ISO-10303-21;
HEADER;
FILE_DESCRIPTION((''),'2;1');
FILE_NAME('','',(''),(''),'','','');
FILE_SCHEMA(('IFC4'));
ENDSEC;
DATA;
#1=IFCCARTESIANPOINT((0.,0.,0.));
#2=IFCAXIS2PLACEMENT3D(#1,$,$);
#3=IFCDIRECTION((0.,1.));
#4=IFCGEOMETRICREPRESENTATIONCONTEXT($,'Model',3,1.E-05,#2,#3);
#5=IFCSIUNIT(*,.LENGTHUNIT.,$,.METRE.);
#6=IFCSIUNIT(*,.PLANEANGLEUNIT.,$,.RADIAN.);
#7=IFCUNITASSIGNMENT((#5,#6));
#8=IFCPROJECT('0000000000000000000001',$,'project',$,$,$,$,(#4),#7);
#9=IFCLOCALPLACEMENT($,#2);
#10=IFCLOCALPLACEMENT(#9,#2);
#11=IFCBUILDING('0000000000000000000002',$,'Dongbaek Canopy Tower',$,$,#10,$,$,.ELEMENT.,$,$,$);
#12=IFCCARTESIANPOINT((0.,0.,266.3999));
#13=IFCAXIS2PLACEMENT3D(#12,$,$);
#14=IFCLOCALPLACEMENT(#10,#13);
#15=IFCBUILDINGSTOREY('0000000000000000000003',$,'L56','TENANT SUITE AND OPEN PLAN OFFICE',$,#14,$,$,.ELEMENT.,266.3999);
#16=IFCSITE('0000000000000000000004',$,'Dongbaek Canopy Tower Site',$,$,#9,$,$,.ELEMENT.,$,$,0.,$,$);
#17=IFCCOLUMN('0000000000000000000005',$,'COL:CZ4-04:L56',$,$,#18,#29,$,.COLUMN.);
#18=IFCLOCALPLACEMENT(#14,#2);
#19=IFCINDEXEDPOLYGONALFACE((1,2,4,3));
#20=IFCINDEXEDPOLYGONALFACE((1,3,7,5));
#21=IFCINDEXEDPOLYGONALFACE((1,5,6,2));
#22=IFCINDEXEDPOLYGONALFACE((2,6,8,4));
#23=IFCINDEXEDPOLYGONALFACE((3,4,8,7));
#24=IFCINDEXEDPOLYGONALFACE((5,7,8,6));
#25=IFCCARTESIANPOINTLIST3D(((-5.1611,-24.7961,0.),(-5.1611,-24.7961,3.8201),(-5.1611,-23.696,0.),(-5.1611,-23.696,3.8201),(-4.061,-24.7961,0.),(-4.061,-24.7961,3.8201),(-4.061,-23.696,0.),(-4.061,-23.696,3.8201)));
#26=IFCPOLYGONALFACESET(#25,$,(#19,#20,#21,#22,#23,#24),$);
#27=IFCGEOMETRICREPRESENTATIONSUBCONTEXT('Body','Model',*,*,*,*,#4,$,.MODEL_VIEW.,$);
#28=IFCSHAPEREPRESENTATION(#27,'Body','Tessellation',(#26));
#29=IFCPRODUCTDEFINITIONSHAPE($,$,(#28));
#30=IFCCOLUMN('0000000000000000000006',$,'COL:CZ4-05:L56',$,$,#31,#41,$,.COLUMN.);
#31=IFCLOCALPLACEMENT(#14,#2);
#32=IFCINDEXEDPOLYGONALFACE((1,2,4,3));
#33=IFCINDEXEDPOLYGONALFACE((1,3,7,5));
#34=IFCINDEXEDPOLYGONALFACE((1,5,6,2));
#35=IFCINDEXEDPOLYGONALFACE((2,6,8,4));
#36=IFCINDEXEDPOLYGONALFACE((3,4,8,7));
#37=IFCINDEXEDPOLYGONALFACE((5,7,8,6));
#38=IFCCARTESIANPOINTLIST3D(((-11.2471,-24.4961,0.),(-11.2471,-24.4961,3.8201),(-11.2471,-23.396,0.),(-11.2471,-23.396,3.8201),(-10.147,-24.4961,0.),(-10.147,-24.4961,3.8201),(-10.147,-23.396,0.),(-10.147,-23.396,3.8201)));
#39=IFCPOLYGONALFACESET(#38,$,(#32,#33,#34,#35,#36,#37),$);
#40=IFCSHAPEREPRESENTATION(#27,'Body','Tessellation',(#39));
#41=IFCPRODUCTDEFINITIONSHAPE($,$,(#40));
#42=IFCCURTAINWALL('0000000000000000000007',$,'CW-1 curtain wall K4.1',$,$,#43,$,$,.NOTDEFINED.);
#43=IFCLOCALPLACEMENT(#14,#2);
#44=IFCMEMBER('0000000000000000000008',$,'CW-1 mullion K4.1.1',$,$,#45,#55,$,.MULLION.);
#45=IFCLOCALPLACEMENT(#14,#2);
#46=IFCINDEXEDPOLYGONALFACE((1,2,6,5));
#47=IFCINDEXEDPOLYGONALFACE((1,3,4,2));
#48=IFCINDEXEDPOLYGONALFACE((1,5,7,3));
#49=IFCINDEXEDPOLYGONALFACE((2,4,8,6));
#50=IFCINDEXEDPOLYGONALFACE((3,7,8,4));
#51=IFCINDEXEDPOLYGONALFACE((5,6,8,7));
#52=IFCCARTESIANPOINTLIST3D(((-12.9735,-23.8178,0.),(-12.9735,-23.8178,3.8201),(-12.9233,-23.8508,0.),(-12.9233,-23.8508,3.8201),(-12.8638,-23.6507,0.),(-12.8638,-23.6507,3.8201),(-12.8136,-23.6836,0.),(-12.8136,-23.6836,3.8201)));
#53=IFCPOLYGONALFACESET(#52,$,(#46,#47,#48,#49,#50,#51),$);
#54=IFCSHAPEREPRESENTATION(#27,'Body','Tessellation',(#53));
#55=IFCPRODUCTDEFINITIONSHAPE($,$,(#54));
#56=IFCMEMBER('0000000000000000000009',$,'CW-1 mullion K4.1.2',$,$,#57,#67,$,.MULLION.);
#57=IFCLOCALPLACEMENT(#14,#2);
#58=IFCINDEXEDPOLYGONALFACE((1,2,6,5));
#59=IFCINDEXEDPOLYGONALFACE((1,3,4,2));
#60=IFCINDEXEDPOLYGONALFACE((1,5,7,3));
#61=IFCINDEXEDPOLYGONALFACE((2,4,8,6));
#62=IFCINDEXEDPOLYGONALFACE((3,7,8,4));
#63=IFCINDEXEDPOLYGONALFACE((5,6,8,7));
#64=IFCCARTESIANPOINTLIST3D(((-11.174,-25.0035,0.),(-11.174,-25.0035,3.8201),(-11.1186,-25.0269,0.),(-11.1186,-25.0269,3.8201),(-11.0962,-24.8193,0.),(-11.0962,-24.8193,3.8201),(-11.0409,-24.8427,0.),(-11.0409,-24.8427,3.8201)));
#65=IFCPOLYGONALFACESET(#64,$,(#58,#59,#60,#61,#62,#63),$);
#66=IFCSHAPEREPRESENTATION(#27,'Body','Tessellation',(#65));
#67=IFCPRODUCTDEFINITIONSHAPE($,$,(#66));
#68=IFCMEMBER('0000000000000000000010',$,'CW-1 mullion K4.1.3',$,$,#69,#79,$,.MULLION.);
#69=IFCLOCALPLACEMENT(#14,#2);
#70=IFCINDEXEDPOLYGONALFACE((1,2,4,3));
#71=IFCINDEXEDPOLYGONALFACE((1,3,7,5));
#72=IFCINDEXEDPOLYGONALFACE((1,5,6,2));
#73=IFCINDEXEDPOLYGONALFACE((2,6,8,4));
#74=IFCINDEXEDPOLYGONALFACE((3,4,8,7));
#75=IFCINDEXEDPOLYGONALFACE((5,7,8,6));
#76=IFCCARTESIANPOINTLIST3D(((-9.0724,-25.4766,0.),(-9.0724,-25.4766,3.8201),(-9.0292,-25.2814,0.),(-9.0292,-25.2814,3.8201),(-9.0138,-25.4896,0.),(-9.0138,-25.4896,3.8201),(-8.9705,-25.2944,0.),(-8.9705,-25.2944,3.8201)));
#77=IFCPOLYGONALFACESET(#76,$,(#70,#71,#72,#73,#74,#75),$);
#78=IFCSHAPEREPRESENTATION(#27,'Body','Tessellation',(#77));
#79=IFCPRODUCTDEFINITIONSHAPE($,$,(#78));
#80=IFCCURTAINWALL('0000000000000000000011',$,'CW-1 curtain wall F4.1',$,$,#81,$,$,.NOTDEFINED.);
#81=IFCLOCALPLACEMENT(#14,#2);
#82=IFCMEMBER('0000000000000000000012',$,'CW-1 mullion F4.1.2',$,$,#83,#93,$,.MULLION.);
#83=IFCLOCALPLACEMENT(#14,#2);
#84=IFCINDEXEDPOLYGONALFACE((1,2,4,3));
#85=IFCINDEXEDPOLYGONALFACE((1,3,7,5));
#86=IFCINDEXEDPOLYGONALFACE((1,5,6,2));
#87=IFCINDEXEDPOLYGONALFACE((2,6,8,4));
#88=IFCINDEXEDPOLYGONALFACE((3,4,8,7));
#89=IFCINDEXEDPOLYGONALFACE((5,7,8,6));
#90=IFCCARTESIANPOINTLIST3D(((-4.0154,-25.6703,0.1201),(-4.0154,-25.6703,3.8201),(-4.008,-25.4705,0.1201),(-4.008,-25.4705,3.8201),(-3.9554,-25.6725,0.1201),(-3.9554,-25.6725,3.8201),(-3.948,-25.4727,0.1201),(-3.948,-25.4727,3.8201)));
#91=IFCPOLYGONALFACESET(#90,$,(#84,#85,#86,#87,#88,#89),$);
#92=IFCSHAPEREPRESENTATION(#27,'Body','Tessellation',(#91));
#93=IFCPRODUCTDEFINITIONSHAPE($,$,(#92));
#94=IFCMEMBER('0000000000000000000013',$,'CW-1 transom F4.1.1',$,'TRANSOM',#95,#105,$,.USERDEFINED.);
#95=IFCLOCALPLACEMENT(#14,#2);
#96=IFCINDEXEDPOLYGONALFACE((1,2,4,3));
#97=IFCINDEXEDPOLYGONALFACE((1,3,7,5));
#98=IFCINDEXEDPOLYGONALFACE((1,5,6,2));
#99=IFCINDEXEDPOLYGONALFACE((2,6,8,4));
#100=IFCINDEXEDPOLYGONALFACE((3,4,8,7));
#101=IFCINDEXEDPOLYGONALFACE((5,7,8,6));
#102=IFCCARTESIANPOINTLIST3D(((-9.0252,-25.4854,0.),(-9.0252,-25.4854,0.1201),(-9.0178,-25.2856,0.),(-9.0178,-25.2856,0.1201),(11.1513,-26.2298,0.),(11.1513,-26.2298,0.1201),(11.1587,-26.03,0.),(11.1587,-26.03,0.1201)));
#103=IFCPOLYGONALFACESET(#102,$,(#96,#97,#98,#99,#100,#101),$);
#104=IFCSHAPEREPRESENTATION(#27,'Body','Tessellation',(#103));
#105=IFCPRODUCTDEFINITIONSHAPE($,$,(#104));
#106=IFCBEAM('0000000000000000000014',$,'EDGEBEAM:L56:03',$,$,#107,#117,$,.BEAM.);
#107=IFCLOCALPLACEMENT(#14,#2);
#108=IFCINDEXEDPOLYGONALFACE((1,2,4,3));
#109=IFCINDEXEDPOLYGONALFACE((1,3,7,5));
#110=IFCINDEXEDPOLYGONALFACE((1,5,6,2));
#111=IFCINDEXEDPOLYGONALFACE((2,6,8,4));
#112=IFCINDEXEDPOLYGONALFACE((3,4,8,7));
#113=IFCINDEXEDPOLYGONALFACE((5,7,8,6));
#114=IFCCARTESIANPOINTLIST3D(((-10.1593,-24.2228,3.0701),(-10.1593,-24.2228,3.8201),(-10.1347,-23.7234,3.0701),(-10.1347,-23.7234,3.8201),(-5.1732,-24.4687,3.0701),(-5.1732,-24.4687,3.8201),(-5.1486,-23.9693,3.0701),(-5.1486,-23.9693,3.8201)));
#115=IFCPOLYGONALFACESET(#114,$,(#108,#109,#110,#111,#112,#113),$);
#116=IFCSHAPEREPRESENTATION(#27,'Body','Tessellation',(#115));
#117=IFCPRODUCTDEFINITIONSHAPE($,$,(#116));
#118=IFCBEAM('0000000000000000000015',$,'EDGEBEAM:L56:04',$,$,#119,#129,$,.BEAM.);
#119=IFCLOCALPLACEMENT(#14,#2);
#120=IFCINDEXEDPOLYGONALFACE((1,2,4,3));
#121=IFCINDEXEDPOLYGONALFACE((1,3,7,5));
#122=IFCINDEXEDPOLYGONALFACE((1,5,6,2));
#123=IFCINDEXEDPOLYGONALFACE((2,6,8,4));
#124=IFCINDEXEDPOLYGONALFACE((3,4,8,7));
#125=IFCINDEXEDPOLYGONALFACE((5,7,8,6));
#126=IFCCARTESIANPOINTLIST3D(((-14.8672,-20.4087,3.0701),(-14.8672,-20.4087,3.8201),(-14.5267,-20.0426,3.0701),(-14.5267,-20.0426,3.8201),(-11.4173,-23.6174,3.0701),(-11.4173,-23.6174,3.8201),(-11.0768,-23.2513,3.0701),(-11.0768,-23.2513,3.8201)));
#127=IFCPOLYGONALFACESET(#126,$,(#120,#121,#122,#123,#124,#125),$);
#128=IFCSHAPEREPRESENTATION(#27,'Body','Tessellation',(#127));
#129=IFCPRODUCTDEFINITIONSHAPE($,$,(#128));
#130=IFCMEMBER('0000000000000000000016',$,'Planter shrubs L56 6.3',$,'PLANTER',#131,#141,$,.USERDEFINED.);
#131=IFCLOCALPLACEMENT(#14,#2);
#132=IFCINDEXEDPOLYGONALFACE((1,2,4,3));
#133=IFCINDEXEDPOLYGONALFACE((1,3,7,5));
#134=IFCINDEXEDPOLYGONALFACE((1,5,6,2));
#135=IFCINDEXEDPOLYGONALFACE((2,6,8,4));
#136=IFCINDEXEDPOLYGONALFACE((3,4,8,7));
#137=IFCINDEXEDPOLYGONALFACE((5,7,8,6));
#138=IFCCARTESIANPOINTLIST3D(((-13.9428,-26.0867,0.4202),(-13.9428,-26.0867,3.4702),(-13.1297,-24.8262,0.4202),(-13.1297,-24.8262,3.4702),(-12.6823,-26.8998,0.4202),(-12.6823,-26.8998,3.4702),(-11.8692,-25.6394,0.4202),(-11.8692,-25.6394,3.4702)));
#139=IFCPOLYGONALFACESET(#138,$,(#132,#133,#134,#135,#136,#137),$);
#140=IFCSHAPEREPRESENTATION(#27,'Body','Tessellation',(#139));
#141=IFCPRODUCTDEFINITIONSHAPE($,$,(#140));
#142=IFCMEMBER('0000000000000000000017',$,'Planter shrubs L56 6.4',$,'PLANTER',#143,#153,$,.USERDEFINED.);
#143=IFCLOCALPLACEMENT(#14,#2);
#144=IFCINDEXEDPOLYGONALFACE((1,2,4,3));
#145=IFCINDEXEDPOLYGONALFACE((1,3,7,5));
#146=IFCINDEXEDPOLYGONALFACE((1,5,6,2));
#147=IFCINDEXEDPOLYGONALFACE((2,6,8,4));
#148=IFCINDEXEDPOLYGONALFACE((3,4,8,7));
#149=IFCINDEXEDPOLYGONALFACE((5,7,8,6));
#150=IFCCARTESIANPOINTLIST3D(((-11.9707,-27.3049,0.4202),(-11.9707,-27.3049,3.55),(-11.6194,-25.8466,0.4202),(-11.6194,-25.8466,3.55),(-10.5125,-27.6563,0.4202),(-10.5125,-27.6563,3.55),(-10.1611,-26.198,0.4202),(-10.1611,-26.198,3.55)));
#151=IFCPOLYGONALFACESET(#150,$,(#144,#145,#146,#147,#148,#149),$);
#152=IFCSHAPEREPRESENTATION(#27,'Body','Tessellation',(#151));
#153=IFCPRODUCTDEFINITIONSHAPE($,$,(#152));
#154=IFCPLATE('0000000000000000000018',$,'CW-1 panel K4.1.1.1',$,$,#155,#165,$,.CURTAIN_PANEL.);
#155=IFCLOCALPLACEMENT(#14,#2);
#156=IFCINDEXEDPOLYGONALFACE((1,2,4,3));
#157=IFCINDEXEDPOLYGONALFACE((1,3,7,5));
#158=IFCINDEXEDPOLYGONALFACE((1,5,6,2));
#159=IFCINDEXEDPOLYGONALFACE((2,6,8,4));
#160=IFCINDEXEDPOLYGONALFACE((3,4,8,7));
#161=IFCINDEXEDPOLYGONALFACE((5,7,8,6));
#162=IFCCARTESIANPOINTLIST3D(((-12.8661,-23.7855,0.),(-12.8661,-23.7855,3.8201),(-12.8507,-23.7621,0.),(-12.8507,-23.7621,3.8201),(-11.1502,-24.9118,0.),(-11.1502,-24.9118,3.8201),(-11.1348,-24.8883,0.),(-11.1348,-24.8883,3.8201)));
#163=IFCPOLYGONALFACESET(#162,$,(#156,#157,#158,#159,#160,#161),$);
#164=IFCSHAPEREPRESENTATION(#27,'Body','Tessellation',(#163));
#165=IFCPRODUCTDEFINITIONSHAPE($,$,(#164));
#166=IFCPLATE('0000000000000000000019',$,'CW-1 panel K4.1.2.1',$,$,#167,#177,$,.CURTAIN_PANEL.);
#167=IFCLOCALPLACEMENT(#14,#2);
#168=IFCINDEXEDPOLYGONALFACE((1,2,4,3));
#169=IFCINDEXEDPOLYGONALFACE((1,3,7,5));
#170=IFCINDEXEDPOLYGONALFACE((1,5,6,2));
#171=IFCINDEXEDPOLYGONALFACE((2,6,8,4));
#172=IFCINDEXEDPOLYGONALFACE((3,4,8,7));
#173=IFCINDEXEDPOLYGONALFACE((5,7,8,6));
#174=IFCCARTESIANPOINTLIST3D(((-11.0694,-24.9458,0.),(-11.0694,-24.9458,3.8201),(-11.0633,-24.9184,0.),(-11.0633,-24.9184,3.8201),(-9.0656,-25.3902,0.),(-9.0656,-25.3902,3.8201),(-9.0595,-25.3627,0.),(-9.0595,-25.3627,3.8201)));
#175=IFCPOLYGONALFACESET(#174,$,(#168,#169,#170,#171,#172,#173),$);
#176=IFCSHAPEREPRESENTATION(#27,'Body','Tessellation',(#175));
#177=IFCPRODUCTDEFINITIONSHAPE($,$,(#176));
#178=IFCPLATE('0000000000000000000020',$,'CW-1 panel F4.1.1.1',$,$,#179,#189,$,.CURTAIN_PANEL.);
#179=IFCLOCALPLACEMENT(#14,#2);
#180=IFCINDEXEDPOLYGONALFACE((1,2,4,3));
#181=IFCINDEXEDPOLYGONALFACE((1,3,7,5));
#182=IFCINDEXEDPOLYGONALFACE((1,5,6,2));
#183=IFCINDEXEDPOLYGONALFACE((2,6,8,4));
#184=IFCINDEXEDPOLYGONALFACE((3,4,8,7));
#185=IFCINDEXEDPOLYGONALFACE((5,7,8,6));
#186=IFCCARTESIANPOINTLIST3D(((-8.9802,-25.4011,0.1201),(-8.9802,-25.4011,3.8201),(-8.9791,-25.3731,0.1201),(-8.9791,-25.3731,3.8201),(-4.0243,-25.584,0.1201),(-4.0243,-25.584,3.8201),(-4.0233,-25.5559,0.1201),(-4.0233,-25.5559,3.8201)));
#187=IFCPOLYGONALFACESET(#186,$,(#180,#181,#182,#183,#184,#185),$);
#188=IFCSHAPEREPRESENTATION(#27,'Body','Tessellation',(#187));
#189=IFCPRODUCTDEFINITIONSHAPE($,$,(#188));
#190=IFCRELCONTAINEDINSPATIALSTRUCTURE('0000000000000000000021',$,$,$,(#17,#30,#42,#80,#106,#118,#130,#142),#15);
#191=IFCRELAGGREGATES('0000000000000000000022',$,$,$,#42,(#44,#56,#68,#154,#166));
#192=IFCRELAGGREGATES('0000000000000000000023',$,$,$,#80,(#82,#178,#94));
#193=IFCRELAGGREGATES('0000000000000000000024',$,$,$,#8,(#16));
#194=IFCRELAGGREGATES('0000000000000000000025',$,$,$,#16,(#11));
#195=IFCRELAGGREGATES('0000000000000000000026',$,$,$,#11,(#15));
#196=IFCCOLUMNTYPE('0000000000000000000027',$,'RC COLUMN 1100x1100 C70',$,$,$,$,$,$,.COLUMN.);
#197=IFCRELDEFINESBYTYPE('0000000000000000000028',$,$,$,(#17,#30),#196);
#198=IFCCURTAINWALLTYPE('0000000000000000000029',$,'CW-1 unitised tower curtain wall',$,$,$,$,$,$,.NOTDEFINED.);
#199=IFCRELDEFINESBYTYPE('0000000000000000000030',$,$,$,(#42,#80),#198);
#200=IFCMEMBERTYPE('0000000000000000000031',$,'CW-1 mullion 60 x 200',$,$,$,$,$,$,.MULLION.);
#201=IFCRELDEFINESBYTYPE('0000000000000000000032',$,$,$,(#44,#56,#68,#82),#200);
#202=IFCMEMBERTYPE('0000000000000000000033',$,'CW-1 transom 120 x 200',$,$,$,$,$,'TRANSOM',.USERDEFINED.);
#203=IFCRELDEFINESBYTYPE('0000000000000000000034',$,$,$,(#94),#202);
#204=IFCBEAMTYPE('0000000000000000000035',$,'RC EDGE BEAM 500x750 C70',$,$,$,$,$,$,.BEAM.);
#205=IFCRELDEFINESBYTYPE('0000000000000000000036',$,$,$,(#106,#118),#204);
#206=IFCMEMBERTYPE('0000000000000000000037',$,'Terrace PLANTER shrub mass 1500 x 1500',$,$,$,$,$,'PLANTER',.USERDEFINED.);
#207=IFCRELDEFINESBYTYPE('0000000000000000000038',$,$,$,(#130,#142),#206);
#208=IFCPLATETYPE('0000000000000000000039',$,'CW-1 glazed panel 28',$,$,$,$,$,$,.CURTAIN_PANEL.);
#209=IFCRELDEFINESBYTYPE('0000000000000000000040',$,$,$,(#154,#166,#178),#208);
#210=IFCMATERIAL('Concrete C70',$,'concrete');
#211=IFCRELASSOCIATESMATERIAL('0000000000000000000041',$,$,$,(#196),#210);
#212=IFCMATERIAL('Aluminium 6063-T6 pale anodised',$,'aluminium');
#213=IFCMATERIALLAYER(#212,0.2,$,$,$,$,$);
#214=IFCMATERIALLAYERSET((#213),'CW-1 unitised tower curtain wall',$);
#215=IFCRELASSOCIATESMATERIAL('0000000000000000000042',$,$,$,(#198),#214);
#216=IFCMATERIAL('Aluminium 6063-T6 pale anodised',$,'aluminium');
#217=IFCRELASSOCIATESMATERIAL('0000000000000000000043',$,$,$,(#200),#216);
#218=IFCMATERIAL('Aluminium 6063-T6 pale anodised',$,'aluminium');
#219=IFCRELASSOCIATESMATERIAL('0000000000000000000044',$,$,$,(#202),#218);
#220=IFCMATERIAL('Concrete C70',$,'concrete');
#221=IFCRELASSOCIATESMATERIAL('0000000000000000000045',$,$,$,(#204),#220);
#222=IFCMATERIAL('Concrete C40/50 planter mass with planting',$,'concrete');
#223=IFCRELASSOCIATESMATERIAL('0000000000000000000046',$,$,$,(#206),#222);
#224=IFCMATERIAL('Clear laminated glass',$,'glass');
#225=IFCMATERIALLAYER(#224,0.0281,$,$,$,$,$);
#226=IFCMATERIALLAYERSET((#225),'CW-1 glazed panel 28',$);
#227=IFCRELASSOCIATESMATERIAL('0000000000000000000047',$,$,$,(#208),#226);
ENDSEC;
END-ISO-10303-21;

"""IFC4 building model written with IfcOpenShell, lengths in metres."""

from ifc_helpers import new_model, si_unit, direction, frame, origin, origin_2d, place, context, subcontext, project, spatial, rectangle, extrude, material, layer, layer_set, material_profile, profile_set, type_object, element, aggregate, save


model = new_model("IFC4")

# Units and contexts
model_context = context("Model", 3, precision=1e-05, world=origin(), true_north=direction((0.0, 1.0)))
body_context = subcontext(model_context, "Body", "Model", "MODEL_VIEW")
ifc_project = project(units=[si_unit("LENGTHUNIT", "METRE"), si_unit("PLANEANGLEUNIT", "RADIAN")], contexts=[model_context])

# Site, building, storey
site_placement = place(None, origin())
site = spatial("IfcSite", under=ifc_project, at=site_placement, Name="Dongbaek Canopy Tower Site", CompositionType="ELEMENT", RefElevation=0.0)
building_placement = place(site_placement, origin())
building = spatial("IfcBuilding", under=site, at=building_placement, Name="Dongbaek Canopy Tower", CompositionType="ELEMENT")
storey_placement = place(building_placement, frame((0.0, 0.0, 266.3999)))
storey = spatial("IfcBuildingStorey", under=building, at=storey_placement, Name="L56", Description="TENANT SUITE AND OPEN PLAN OFFICE", CompositionType="ELEMENT", Elevation=266.3999)

# Columns
ifc_material_1 = material(Name="Concrete C70", Category="concrete")
ifc_material_profile_1 = material_profile(ifc_material_1, rectangle(XDim=1.1001, YDim=1.1001, at=origin_2d()), Name="RC COLUMN 1100x1100 C70")
ifc_profile_set_1 = profile_set([ifc_material_profile_1], Name="Concrete C70")
column_type = type_object("IfcColumnType", Name="RC COLUMN 1100x1100 C70", PredefinedType="COLUMN", material=ifc_profile_set_1)
for number, where, z_axis, x_axis, name in (
    (1, (-4.6111, -24.2461, 0.0), (0.0, 0.0, 1.0), (1.0, 0.0, 0.0), "COL:CZ4-04:L56"),
    (2, (-10.697, -23.946, 0.0), (0.0, 0.0, 1.0), (1.0, 0.0, 0.0), "COL:CZ4-05:L56"),
):
    element("IfcColumn", number, at=place(storey_placement, frame(where, z_axis=z_axis, x_axis=x_axis)), inside=storey, type_object=column_type, Name=name, PredefinedType="COLUMN", context=body_context, shape_type="SweptSolid", body=[
        extrude(rectangle(XDim=1.1001, YDim=1.1001, at=origin_2d()), origin(), (0.0, 0.0, 1.0), 3.8201),
    ])

# Curtain walls, members
ifc_material_2 = material(Name="Aluminium 6063-T6 pale anodised", Category="aluminium")
ifc_layer_1 = layer(ifc_material_2, 0.2)
ifc_layer_set_1 = layer_set([ifc_layer_1], Name="CW-1 unitised tower curtain wall")
curtain_wall_type = type_object("IfcCurtainWallType", Name="CW-1 unitised tower curtain wall", PredefinedType="NOTDEFINED", material=ifc_layer_set_1)
curtain_wall_1_placement = place(storey_placement, origin())
curtain_wall_1 = element("IfcCurtainWall", 3, at=curtain_wall_1_placement, inside=storey, type_object=curtain_wall_type, Name="CW-1 curtain wall K4.1", PredefinedType="NOTDEFINED")
ifc_material_3 = material(Name="Aluminium 6063-T6 pale anodised", Category="aluminium")
ifc_material_profile_2 = material_profile(ifc_material_3, rectangle(XDim=0.2, YDim=0.0601, at=origin_2d()), Name="CW-1 mullion 60 x 200")
ifc_profile_set_2 = profile_set([ifc_material_profile_2], Name="Aluminium 6063-T6 pale anodised")
member_type_1 = type_object("IfcMemberType", Name="CW-1 mullion 60 x 200", PredefinedType="MULLION", material=ifc_profile_set_2)
member_1_placement = place(storey_placement, frame((-12.8936, -23.7507, 0.0), z_axis=(0.0, 0.0, 1.0), x_axis=(-0.548723, -0.836004, 0.0)))
member_1 = element("IfcMember", 4, at=member_1_placement, type_object=member_type_1, Name="CW-1 mullion K4.1.1", PredefinedType="MULLION", context=body_context, shape_type="SweptSolid", body=[
    extrude(rectangle(XDim=0.2, YDim=0.0601, at=origin_2d()), origin(), (0.0, 0.0, 1.0), 3.8201),
])
member_2_placement = place(storey_placement, frame((-11.1074, -24.9231, 0.0), z_axis=(0.0, 0.0, 1.0), x_axis=(-0.388975, -0.921248, 0.0)))
member_2 = element("IfcMember", 5, at=member_2_placement, type_object=member_type_1, Name="CW-1 mullion K4.1.2", PredefinedType="MULLION", context=body_context, shape_type="SweptSolid", body=[
    extrude(rectangle(XDim=0.2, YDim=0.0601, at=origin_2d()), origin(), (0.0, 0.0, 1.0), 3.8201),
])
member_3_placement = place(storey_placement, frame((-9.0215, -25.3855, 0.0), z_axis=(0.0, 0.0, 1.0), x_axis=(-0.216473, -0.976289, 0.0)))
member_3 = element("IfcMember", 6, at=member_3_placement, type_object=member_type_1, Name="CW-1 mullion K4.1.3", PredefinedType="MULLION", context=body_context, shape_type="SweptSolid", body=[
    extrude(rectangle(XDim=0.2, YDim=0.0601, at=origin_2d()), origin(), (0.0, 0.0, 1.0), 3.8201),
])
curtain_wall_2_placement = place(storey_placement, origin())
curtain_wall_2 = element("IfcCurtainWall", 7, at=curtain_wall_2_placement, inside=storey, type_object=curtain_wall_type, Name="CW-1 curtain wall F4.1", PredefinedType="NOTDEFINED")
member_4_placement = place(storey_placement, frame((-3.9817, -25.5715, 0.1201), z_axis=(0.0, 0.0, 1.0), x_axis=(-0.036874, -0.99932, 0.0)))
member_4 = element("IfcMember", 8, at=member_4_placement, type_object=member_type_1, Name="CW-1 mullion F4.1.2", PredefinedType="MULLION", context=body_context, shape_type="SweptSolid", body=[
    extrude(rectangle(XDim=0.2, YDim=0.0601, at=origin_2d()), origin(), (0.0, 0.0, 1.0), 3.7),
])
ifc_material_4 = material(Name="Aluminium 6063-T6 pale anodised", Category="aluminium")
ifc_material_profile_3 = material_profile(ifc_material_4, rectangle(XDim=0.2, YDim=0.1201, at=origin_2d()), Name="CW-1 transom 120 x 200")
ifc_profile_set_3 = profile_set([ifc_material_profile_3], Name="Aluminium 6063-T6 pale anodised")
member_type_2 = type_object("IfcMemberType", Name="CW-1 transom 120 x 200", ElementType="TRANSOM", PredefinedType="USERDEFINED", material=ifc_profile_set_3)
member_5_placement = place(storey_placement, frame((-9.0215, -25.3855, 0.0601), z_axis=(0.99932, -0.036869, 0.0), x_axis=(0.036869, 0.99932, 0.0)))
member_5 = element("IfcMember", 9, at=member_5_placement, type_object=member_type_2, Name="CW-1 transom F4.1.1", ObjectType="TRANSOM", PredefinedType="USERDEFINED", context=body_context, shape_type="SweptSolid", body=[
    extrude(rectangle(XDim=0.2, YDim=0.1201, at=origin_2d()), origin(), (0.0, 0.0, 1.0), 20.1902),
])

# Beams
ifc_material_5 = material(Name="Concrete C70", Category="concrete")
ifc_material_profile_4 = material_profile(ifc_material_5, rectangle(XDim=0.5, YDim=0.75, at=origin_2d()), Name="RC EDGE BEAM 500x750 C70")
ifc_profile_set_4 = profile_set([ifc_material_profile_4], Name="Concrete C70")
beam_type = type_object("IfcBeamType", Name="RC EDGE BEAM 500x750 C70", PredefinedType="BEAM", material=ifc_profile_set_4)
beam_1_placement = place(storey_placement, frame((-5.1609, -24.219, 3.4451), z_axis=(-0.998787, 0.049247, 0.0), x_axis=(-0.049247, -0.998787, 0.0)))
element("IfcBeam", 10, at=beam_1_placement, inside=storey, type_object=beam_type, Name="EDGEBEAM:L56:03", PredefinedType="BEAM", context=body_context, shape_type="SweptSolid", body=[
    extrude(rectangle(XDim=0.5, YDim=0.75, at=origin_2d()), origin(), (0.0, 0.0, 1.0), 4.9922),
])
beam_2_placement = place(storey_placement, frame((-11.2471, -23.4343, 3.4451), z_axis=(-0.732241, 0.681045, 0.0), x_axis=(-0.681045, -0.732241, 0.0)))
element("IfcBeam", 11, at=beam_2_placement, inside=storey, type_object=beam_type, Name="EDGEBEAM:L56:04", PredefinedType="BEAM", context=body_context, shape_type="SweptSolid", body=[
    extrude(rectangle(XDim=0.5, YDim=0.75, at=origin_2d()), origin(), (0.0, 0.0, 1.0), 4.7114),
])

# Members
ifc_material_6 = material(Name="Concrete C40/50 planter mass with planting", Category="concrete")
ifc_material_profile_5 = material_profile(ifc_material_6, rectangle(XDim=1.5, YDim=1.5, at=origin_2d()), Name="Terrace PLANTER shrub mass 1500 x 1500")
ifc_profile_set_5 = profile_set([ifc_material_profile_5], Name="Concrete C40/50 planter mass with planting")
member_type_3 = type_object("IfcMemberType", Name="Terrace PLANTER shrub mass 1500 x 1500", ElementType="PLANTER", PredefinedType="USERDEFINED", material=ifc_profile_set_5)
member_6_placement = place(storey_placement, frame((-12.906, -25.863, 0.4202), z_axis=(0.0, 0.0, 1.0), x_axis=(-0.542085, -0.840324, 0.0)))
element("IfcMember", 12, at=member_6_placement, inside=storey, type_object=member_type_3, Name="Planter shrubs L56 6.3", ObjectType="PLANTER", PredefinedType="USERDEFINED", context=body_context, shape_type="SweptSolid", body=[
    extrude(rectangle(XDim=1.5, YDim=1.5, at=origin_2d()), origin(), (0.0, 0.0, 1.0), 3.05),
])
member_7_placement = place(storey_placement, frame((-11.0659, -26.7515, 0.4202), z_axis=(0.0, 0.0, 1.0), x_axis=(-0.234244, -0.972178, 0.0)))
element("IfcMember", 13, at=member_7_placement, inside=storey, type_object=member_type_3, Name="Planter shrubs L56 6.4", ObjectType="PLANTER", PredefinedType="USERDEFINED", context=body_context, shape_type="SweptSolid", body=[
    extrude(rectangle(XDim=1.5, YDim=1.5, at=origin_2d()), origin(), (0.0, 0.0, 1.0), 3.1299),
])

# Plates
ifc_material_7 = material(Name="Clear laminated glass", Category="glass")
ifc_layer_2 = layer(ifc_material_7, 0.0281)
ifc_layer_set_2 = layer_set([ifc_layer_2], Name="CW-1 glazed panel 28")
plate_type = type_object("IfcPlateType", Name="CW-1 glazed panel 28", PredefinedType="CURTAIN_PANEL", material=ifc_layer_set_2)
plate_1_placement = place(storey_placement, frame((-12.0005, -24.3369, 0.0), z_axis=(0.0, 0.0, 1.0), x_axis=(0.836004, -0.548723, 0.0)))
plate_1 = element("IfcPlate", 14, at=plate_1_placement, type_object=plate_type, Name="CW-1 panel K4.1.1.1", PredefinedType="CURTAIN_PANEL", context=body_context, shape_type="SweptSolid", body=[
    extrude(rectangle(XDim=2.0525, YDim=0.0281, at=origin_2d()), origin(), (0.0, 0.0, 1.0), 3.8201),
])
plate_2_placement = place(storey_placement, frame((-10.0645, -25.1543, 0.0), z_axis=(0.0, 0.0, 1.0), x_axis=(0.976289, -0.216473, 0.0)))
plate_2 = element("IfcPlate", 15, at=plate_2_placement, type_object=plate_type, Name="CW-1 panel K4.1.2.1", PredefinedType="CURTAIN_PANEL", context=body_context, shape_type="SweptSolid", body=[
    extrude(rectangle(XDim=2.0525, YDim=0.0281, at=origin_2d()), origin(), (0.0, 0.0, 1.0), 3.8201),
])
aggregate(curtain_wall_1, [member_1, member_2, member_3, plate_1, plate_2])
plate_3_placement = place(storey_placement, frame((-6.5017, -25.4785, 0.1201), z_axis=(0.0, 0.0, 1.0), x_axis=(0.99932, -0.036874, 0.0)))
plate_3 = element("IfcPlate", 16, at=plate_3_placement, type_object=plate_type, Name="CW-1 panel F4.1.1.1", PredefinedType="CURTAIN_PANEL", context=body_context, shape_type="SweptSolid", body=[
    extrude(rectangle(XDim=4.9592, YDim=0.0281, at=origin_2d()), origin(), (0.0, 0.0, 1.0), 3.7),
])

aggregate(curtain_wall_2, [member_4, plate_3, member_5])

save(model, "model.ifc")
